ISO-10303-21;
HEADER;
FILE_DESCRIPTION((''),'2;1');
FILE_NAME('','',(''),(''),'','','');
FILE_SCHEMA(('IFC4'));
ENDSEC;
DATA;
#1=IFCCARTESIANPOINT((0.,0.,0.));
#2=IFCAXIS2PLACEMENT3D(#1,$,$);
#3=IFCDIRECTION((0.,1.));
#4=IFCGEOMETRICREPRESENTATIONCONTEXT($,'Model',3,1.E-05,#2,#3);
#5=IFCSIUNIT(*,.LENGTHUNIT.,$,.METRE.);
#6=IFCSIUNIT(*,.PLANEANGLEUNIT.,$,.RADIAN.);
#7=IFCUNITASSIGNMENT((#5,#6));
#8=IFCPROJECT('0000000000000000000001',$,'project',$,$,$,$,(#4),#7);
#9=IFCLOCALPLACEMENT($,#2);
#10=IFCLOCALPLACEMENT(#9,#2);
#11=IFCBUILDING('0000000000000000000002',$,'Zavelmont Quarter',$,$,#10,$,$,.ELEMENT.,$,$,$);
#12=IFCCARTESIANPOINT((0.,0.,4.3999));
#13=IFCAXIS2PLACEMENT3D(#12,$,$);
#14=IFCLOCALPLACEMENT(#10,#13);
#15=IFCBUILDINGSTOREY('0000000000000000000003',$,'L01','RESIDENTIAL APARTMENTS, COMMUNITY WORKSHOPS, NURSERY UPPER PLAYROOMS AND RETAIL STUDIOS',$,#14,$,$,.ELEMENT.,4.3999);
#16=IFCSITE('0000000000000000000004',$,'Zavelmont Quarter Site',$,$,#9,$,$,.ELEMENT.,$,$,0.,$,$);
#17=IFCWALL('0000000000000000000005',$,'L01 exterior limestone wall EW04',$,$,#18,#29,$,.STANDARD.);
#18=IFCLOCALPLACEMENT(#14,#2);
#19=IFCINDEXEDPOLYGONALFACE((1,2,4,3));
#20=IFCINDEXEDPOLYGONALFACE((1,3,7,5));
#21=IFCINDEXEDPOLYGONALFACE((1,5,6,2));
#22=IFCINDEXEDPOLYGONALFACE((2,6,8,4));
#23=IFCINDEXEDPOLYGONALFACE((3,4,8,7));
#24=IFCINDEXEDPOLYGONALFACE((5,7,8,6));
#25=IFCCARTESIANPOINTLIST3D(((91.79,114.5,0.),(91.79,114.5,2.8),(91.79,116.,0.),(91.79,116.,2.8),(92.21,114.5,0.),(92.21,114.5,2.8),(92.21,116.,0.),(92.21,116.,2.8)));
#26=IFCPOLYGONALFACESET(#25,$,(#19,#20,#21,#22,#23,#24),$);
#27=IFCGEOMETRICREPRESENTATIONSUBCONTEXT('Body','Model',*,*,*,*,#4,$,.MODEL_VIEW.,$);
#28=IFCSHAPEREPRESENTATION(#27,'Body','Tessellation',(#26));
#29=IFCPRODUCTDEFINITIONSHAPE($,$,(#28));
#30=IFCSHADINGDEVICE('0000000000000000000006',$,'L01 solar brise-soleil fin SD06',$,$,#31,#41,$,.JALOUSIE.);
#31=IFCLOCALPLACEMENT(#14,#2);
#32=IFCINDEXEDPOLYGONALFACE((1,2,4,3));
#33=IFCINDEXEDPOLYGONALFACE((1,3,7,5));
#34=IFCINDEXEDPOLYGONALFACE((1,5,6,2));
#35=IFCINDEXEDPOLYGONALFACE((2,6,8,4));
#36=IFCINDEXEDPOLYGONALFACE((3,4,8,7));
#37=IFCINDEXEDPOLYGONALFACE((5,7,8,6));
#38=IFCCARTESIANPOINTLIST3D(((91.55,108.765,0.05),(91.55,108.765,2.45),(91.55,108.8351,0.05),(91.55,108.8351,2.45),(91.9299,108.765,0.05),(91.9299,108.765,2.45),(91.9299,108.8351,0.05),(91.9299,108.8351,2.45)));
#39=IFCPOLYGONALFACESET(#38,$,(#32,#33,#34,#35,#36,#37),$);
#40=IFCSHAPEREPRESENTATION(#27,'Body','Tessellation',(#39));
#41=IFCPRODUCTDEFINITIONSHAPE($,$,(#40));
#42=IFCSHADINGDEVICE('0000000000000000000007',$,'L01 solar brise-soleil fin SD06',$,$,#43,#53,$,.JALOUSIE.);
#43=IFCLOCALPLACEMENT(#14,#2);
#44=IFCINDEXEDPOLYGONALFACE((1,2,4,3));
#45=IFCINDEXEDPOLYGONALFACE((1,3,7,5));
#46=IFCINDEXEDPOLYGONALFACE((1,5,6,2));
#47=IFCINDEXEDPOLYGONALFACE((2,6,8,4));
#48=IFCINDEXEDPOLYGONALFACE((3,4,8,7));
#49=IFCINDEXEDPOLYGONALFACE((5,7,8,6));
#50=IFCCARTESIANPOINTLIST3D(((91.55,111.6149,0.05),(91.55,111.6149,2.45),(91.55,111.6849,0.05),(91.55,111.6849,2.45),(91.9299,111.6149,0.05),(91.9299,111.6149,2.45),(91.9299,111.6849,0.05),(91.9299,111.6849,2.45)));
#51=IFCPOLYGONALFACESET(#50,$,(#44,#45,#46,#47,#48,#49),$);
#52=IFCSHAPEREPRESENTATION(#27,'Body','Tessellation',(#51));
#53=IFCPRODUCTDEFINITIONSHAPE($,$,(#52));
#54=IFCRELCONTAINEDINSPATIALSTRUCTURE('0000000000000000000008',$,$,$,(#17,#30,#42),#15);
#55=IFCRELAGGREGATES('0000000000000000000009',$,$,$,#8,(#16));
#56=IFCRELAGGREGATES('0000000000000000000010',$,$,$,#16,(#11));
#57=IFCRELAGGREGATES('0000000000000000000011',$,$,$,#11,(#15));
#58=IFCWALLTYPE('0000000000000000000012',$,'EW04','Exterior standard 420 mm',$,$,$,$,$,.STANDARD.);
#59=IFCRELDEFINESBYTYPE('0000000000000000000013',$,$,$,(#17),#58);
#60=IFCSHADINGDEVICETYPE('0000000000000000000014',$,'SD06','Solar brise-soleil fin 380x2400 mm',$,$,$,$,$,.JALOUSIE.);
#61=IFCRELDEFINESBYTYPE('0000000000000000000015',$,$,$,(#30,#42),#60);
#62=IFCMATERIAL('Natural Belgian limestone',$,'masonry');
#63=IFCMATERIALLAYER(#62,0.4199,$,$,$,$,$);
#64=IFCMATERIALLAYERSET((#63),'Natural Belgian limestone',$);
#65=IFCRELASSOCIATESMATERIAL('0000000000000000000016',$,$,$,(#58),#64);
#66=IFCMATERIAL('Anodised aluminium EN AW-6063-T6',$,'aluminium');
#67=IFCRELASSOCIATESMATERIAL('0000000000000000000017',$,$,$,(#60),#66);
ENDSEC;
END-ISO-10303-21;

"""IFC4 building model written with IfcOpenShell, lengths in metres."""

from ifc_helpers import new_model, si_unit, direction, frame, frame_2d, origin, origin_2d, place, context, subcontext, project, spatial, rectangle, extrude, material, layer, layer_set, type_object, element, save


model = new_model("IFC4")

# Units and contexts
model_context = context("Model", 3, precision=1e-05, world=origin(), true_north=direction((0.0, 1.0)))
body_context = subcontext(model_context, "Body", "Model", "MODEL_VIEW")
ifc_project = project(units=[si_unit("LENGTHUNIT", "METRE"), si_unit("PLANEANGLEUNIT", "RADIAN")], contexts=[model_context])

# Site, building, storey
site_placement = place(None, origin())
site = spatial("IfcSite", under=ifc_project, at=site_placement, Name="Zavelmont Quarter Site", CompositionType="ELEMENT", RefElevation=0.0)
building_placement = place(site_placement, origin())
building = spatial("IfcBuilding", under=site, at=building_placement, Name="Zavelmont Quarter", CompositionType="ELEMENT")
storey_placement = place(building_placement, frame((0.0, 0.0, 4.3999)))
storey = spatial("IfcBuildingStorey", under=building, at=storey_placement, Name="L01", Description="RESIDENTIAL APARTMENTS, COMMUNITY WORKSHOPS, NURSERY UPPER PLAYROOMS AND RETAIL STUDIOS", CompositionType="ELEMENT", Elevation=4.3999)

# Wall
ifc_material_1 = material(Name="Natural Belgian limestone", Category="masonry")
ifc_layer_1 = layer(ifc_material_1, 0.4199)
ifc_layer_set_1 = layer_set([ifc_layer_1], Name="Natural Belgian limestone")
wall_type = type_object("IfcWallType", Name="EW04", Description="Exterior standard 420 mm", PredefinedType="STANDARD", material=ifc_layer_set_1)
wall_1_placement = place(storey_placement, frame((92.0, 114.5, 0.0), z_axis=(0.0, 0.0, 1.0), x_axis=(0.0, 1.0, 0.0)))
element("IfcWall", 1, at=wall_1_placement, inside=storey, type_object=wall_type, Name="L01 exterior limestone wall EW04", PredefinedType="STANDARD", context=body_context, shape_type="SweptSolid", body=[
    extrude(rectangle(XDim=1.5, YDim=0.4199, at=frame_2d((0.75, 0.0))), origin(), (0.0, 0.0, 1.0), 2.8),
])

# Shading devices
ifc_material_2 = material(Name="Anodised aluminium EN AW-6063-T6", Category="aluminium")
shading_device_type = type_object("IfcShadingDeviceType", Name="SD06", Description="Solar brise-soleil fin 380x2400 mm", PredefinedType="JALOUSIE", material=ifc_material_2)
for number, where, z_axis, x_axis, name in (
    (2, (91.74, 108.8, 0.05), (0.0, 0.0, 1.0), (0.0, 1.0, 0.0), "L01 solar brise-soleil fin SD06"),
    (3, (91.74, 111.6499, 0.05), (0.0, 0.0, 1.0), (0.0, 1.0, 0.0), "L01 solar brise-soleil fin SD06"),
):
    element("IfcShadingDevice", number, at=place(storey_placement, frame(where, z_axis=z_axis, x_axis=x_axis)), inside=storey, type_object=shading_device_type, Name=name, PredefinedType="JALOUSIE", context=body_context, shape_type="SweptSolid", body=[
        extrude(rectangle(XDim=0.0701, YDim=0.3799, at=origin_2d()), origin(), (0.0, 0.0, 1.0), 2.3999),
    ])

save(model, "model.ifc")
